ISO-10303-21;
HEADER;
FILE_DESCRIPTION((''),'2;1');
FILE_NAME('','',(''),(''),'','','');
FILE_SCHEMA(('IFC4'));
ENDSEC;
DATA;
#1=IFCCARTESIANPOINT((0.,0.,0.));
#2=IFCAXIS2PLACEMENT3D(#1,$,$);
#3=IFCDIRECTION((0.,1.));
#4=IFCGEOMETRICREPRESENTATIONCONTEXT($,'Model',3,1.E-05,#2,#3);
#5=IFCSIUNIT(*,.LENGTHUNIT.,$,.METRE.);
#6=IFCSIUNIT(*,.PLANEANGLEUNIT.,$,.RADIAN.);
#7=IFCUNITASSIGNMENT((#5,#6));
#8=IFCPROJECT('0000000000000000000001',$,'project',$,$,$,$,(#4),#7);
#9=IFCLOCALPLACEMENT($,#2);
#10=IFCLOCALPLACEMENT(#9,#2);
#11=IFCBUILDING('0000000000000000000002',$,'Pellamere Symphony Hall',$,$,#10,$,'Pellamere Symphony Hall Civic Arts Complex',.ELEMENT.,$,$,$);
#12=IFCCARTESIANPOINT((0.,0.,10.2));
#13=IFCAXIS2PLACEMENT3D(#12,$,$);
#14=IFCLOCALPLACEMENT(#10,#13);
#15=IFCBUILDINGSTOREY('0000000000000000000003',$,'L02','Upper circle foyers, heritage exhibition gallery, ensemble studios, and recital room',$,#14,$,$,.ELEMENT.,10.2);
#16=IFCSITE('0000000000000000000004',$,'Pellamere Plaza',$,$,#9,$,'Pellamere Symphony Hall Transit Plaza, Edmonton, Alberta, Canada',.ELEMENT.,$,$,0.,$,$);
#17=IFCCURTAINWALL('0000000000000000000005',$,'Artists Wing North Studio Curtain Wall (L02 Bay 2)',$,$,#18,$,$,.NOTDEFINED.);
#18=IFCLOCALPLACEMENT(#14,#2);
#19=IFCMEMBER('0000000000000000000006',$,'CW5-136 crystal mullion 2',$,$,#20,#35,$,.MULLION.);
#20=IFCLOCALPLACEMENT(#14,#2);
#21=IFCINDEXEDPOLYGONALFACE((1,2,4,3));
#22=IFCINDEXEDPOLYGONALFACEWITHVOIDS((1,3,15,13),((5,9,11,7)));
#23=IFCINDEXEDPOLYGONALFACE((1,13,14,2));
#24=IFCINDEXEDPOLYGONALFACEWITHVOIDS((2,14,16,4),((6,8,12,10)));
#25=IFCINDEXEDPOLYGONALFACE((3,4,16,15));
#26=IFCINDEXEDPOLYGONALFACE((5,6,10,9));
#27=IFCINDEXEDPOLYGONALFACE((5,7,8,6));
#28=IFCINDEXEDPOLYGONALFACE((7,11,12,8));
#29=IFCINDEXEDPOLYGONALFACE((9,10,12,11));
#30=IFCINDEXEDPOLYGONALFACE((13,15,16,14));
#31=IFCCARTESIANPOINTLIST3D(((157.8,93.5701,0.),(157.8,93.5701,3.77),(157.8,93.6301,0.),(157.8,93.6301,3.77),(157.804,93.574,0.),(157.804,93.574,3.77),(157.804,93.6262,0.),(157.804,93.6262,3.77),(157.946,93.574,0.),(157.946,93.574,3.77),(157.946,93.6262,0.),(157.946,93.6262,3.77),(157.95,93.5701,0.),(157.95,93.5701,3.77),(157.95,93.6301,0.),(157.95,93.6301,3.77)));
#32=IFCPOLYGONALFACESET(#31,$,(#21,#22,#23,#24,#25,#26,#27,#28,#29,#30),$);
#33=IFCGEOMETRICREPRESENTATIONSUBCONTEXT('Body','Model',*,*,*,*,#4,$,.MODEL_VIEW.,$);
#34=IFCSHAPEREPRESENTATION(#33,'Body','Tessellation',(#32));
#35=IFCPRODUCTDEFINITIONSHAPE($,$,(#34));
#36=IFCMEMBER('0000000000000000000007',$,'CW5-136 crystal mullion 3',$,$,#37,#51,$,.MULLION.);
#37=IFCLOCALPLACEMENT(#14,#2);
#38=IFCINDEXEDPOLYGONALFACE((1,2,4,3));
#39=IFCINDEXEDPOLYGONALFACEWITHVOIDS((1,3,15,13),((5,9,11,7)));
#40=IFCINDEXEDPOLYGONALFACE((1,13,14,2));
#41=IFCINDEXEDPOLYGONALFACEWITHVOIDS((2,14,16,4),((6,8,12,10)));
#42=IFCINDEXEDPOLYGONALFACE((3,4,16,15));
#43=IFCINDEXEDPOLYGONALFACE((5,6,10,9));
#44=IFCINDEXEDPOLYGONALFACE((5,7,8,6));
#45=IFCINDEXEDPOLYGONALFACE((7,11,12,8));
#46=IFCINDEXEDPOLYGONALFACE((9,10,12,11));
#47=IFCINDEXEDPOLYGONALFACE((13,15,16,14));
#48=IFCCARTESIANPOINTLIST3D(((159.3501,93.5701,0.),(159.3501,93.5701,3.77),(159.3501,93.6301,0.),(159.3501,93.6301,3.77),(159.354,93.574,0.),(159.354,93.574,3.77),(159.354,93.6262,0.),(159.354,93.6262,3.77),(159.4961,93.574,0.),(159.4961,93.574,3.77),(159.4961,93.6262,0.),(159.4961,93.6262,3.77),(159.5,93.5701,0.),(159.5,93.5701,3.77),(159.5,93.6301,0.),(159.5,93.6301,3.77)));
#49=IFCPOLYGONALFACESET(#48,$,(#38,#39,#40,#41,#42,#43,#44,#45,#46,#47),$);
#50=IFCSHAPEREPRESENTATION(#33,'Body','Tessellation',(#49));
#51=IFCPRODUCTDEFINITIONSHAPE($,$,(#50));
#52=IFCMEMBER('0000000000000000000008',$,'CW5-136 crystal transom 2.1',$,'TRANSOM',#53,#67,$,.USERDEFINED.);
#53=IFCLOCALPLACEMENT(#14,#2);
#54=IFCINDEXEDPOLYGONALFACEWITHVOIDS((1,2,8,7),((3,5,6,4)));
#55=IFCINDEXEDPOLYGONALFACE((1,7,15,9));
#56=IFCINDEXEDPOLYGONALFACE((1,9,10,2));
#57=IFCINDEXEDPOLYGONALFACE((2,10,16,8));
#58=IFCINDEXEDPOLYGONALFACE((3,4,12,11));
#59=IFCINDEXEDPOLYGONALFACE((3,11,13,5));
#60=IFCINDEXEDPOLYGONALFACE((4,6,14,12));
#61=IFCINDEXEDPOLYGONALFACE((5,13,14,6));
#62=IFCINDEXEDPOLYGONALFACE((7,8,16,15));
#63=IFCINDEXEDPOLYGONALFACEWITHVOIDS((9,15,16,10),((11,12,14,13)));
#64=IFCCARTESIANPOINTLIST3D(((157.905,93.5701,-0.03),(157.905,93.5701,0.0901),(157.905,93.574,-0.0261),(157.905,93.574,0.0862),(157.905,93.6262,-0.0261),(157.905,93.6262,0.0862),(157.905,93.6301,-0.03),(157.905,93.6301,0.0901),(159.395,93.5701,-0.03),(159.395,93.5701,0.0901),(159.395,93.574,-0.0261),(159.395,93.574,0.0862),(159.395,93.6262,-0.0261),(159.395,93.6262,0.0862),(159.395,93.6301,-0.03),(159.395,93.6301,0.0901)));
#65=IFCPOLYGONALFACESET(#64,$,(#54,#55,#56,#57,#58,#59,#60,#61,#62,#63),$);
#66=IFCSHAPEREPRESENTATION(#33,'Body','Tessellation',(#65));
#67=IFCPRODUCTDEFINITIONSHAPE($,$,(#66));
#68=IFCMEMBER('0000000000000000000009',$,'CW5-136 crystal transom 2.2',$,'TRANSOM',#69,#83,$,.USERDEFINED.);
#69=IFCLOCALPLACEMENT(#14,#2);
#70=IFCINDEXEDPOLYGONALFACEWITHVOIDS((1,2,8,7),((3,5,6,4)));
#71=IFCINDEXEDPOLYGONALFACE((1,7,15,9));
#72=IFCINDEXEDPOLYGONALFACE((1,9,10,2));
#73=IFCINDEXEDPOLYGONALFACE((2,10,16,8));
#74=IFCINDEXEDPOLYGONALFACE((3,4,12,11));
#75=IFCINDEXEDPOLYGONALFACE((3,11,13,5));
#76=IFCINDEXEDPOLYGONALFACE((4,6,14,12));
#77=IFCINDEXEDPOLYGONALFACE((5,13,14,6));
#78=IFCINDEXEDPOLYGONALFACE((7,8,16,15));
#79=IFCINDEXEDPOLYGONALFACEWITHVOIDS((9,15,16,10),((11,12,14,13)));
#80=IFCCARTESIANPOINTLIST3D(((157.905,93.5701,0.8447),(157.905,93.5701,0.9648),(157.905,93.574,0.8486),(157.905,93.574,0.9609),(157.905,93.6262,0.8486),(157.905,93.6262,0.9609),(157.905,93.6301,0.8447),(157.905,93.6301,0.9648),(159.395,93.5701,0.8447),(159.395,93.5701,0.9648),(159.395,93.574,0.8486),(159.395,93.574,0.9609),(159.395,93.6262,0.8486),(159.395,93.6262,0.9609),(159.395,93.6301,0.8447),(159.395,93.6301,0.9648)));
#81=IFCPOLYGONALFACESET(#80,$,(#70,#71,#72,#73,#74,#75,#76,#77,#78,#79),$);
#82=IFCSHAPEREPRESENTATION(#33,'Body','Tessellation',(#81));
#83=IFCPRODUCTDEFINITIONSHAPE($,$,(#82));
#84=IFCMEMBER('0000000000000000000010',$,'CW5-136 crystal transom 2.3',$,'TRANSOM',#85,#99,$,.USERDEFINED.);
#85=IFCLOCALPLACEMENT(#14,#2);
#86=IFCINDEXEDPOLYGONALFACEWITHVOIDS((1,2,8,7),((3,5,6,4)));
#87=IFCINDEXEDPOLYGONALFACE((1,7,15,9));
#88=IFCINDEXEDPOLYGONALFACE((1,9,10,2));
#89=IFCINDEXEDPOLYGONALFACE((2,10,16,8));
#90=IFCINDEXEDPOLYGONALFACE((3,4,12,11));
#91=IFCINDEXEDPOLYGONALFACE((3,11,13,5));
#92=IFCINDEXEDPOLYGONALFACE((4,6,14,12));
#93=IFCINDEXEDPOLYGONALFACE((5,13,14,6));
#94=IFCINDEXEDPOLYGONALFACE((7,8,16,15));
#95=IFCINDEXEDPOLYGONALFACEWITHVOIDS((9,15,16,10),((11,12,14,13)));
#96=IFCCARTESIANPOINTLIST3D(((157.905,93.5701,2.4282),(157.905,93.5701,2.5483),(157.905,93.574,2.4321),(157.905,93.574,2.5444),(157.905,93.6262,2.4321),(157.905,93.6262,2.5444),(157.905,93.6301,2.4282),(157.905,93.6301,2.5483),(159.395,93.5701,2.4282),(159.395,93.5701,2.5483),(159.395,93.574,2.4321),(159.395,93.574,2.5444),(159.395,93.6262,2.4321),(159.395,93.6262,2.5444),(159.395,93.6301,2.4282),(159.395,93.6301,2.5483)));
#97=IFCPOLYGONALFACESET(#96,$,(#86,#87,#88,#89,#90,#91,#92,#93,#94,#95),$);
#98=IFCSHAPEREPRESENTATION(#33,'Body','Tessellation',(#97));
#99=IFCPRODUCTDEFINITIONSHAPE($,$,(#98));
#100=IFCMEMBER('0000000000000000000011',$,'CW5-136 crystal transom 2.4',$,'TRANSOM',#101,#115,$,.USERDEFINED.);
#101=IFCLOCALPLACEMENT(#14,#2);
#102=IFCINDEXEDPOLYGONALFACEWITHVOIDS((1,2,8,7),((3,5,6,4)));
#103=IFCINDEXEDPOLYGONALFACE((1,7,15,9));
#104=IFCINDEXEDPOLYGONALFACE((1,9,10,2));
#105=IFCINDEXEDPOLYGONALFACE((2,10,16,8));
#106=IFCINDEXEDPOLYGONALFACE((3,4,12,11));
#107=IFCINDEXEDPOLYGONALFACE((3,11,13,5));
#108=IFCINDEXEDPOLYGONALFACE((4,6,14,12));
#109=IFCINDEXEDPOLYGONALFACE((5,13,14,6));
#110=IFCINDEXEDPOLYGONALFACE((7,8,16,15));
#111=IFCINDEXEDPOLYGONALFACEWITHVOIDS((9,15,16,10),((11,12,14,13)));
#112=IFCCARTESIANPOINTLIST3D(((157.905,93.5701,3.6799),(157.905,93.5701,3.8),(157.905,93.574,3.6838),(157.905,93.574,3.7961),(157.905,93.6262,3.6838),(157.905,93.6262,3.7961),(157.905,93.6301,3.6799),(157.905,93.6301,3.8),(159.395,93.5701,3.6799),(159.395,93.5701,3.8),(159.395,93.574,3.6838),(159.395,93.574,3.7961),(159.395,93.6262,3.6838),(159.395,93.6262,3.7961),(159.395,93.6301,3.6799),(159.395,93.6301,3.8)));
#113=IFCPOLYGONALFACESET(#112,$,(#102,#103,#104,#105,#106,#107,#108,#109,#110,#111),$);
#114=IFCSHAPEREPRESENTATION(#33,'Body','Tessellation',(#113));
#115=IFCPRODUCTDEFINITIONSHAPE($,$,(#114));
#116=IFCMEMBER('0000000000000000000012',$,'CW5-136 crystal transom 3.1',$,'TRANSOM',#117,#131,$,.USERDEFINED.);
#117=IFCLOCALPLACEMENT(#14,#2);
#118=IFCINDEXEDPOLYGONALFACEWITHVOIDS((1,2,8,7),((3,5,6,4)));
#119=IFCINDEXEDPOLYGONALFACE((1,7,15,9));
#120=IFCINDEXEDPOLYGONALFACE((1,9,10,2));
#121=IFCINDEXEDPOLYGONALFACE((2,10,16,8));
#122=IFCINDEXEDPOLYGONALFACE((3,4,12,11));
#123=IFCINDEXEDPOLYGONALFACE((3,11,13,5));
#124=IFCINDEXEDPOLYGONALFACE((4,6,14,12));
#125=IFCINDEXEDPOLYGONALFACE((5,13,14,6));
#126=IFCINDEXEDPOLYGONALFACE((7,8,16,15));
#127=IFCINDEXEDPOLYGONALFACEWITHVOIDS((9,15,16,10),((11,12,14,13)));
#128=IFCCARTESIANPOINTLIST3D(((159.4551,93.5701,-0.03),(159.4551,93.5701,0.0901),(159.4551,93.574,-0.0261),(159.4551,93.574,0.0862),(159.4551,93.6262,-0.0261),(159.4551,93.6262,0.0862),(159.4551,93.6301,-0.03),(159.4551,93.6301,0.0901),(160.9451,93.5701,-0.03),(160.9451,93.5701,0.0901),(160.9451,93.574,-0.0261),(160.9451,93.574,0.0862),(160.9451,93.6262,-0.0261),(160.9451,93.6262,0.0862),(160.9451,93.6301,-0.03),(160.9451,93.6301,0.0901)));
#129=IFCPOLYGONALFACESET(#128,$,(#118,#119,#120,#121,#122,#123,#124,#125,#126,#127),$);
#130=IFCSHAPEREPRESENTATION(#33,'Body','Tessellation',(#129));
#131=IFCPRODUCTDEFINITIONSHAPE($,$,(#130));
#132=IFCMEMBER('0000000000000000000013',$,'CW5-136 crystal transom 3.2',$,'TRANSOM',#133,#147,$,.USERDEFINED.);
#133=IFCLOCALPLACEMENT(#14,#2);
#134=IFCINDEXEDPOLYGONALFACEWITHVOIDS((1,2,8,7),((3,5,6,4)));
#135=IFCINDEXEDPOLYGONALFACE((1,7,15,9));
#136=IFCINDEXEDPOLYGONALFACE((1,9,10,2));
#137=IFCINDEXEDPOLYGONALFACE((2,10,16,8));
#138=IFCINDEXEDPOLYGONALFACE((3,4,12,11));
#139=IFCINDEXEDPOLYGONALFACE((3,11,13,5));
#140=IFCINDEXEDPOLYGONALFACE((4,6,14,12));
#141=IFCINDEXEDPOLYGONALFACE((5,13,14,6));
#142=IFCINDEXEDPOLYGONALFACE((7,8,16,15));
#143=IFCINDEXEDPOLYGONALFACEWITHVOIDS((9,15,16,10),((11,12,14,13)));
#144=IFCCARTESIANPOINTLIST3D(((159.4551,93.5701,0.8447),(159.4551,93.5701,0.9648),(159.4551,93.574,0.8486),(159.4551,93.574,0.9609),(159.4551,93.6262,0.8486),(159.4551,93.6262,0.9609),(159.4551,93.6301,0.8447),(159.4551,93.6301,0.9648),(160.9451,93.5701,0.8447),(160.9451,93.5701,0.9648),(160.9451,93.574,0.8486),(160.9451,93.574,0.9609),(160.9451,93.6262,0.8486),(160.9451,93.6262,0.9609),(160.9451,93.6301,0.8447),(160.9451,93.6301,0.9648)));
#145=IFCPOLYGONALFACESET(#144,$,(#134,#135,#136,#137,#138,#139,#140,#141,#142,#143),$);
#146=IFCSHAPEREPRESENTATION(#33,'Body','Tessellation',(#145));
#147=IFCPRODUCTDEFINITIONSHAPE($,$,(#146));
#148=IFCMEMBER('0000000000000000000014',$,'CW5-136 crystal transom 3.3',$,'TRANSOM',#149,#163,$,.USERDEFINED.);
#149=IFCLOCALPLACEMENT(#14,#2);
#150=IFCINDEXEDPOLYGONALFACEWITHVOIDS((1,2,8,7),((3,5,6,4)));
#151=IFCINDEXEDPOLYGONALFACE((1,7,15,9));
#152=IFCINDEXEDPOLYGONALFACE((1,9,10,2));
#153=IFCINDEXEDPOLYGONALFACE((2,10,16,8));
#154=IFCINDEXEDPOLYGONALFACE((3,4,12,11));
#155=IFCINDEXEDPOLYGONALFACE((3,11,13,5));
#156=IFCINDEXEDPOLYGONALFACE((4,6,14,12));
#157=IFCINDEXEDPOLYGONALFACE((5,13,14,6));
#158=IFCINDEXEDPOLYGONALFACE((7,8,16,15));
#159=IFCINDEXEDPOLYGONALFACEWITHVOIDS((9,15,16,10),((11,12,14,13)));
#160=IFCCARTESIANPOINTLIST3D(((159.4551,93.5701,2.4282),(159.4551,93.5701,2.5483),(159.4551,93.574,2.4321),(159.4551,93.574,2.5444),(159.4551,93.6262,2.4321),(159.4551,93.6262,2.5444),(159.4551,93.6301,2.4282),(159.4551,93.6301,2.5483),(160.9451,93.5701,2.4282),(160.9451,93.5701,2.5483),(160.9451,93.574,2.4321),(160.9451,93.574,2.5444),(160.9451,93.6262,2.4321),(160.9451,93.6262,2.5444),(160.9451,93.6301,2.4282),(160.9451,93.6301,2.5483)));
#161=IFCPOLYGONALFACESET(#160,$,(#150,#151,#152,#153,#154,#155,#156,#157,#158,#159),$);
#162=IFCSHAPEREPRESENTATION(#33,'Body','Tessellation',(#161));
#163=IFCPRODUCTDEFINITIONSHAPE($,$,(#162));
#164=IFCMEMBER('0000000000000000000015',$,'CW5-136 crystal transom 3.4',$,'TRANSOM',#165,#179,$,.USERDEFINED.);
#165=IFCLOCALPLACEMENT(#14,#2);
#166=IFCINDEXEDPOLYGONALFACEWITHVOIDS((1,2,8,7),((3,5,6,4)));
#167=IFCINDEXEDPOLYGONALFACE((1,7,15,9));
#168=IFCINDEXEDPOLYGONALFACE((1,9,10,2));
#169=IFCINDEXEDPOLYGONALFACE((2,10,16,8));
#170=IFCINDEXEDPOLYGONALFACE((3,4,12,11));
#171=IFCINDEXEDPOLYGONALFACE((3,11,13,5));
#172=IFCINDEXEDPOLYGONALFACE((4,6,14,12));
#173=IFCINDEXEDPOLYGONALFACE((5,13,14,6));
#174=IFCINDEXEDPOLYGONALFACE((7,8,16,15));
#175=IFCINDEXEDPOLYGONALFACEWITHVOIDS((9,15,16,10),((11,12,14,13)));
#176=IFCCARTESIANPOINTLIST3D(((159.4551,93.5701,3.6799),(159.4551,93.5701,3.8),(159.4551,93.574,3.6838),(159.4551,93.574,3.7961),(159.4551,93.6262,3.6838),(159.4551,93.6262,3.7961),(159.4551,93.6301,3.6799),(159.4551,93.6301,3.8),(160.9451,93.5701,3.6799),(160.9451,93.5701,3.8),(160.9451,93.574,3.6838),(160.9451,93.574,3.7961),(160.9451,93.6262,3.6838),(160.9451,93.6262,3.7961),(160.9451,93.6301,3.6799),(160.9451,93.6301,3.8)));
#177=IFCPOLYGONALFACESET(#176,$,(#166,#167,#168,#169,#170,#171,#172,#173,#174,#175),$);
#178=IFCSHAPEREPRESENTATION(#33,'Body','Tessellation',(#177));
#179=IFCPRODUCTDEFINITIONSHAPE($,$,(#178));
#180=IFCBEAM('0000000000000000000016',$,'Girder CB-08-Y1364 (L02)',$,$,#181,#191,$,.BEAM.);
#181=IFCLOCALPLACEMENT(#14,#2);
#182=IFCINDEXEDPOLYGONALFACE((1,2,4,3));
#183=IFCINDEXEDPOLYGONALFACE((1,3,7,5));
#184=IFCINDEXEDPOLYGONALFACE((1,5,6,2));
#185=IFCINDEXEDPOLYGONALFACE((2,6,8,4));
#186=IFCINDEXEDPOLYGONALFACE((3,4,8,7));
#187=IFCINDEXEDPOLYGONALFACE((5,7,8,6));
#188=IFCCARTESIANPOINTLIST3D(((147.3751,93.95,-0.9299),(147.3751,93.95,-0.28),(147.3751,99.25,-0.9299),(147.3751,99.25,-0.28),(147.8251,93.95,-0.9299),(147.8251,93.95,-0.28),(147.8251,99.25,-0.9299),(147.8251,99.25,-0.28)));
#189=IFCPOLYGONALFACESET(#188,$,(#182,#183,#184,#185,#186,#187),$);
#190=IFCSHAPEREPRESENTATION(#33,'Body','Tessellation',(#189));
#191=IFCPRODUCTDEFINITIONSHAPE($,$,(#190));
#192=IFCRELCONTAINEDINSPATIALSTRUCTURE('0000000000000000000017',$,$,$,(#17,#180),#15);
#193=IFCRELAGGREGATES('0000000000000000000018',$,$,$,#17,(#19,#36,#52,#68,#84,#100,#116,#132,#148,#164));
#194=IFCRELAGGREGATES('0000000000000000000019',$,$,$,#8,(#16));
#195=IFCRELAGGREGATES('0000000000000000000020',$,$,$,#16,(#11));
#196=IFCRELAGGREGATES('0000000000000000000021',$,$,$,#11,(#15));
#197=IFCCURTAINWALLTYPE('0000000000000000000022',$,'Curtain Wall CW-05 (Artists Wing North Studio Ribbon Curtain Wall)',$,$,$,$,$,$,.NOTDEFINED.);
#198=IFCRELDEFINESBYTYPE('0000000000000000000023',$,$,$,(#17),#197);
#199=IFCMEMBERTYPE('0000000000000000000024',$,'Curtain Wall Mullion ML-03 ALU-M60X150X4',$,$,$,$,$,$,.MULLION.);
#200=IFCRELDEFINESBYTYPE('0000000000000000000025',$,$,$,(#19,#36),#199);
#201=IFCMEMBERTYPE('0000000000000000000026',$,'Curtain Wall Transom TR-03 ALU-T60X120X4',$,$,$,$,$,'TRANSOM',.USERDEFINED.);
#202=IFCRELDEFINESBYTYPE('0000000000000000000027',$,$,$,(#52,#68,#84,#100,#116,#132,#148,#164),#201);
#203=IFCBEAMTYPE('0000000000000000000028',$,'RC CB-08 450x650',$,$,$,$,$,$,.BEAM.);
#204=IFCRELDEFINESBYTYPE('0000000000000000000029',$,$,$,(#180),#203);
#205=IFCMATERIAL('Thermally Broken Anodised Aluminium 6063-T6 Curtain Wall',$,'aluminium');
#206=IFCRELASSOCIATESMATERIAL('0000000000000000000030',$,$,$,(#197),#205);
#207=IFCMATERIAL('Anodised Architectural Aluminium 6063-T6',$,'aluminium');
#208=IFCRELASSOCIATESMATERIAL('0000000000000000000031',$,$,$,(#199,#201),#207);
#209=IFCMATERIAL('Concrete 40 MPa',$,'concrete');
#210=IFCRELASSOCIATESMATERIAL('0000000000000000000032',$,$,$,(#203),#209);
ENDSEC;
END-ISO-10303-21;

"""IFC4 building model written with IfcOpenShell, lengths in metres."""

from ifc_helpers import new_model, si_unit, direction, frame, origin, origin_2d, place, context, subcontext, project, spatial, rectangle, hollow_rectangle, extrude, material, material_profile, profile_set, type_object, element, aggregate, save


model = new_model("IFC4")

# Units and contexts
model_context = context("Model", 3, precision=1e-05, world=origin(), true_north=direction((0.0, 1.0)))
body_context = subcontext(model_context, "Body", "Model", "MODEL_VIEW")
ifc_project = project(units=[si_unit("LENGTHUNIT", "METRE"), si_unit("PLANEANGLEUNIT", "RADIAN")], contexts=[model_context])

# Site, building, storey
site_placement = place(None, origin())
site = spatial("IfcSite", under=ifc_project, at=site_placement, Name="Pellamere Plaza", LongName="Pellamere Symphony Hall Transit Plaza, Edmonton, Alberta, Canada", CompositionType="ELEMENT", RefElevation=0.0)
building_placement = place(site_placement, origin())
building = spatial("IfcBuilding", under=site, at=building_placement, Name="Pellamere Symphony Hall", LongName="Pellamere Symphony Hall Civic Arts Complex", CompositionType="ELEMENT")
storey_placement = place(building_placement, frame((0.0, 0.0, 10.2)))
storey = spatial("IfcBuildingStorey", under=building, at=storey_placement, Name="L02", Description="Upper circle foyers, heritage exhibition gallery, ensemble studios, and recital room", CompositionType="ELEMENT", Elevation=10.2)

# Curtain wall, members
ifc_material_1 = material(Name="Thermally Broken Anodised Aluminium 6063-T6 Curtain Wall", Category="aluminium")
curtain_wall_type = type_object("IfcCurtainWallType", Name="Curtain Wall CW-05 (Artists Wing North Studio Ribbon Curtain Wall)", PredefinedType="NOTDEFINED", material=ifc_material_1)
curtain_wall_placement = place(storey_placement, origin())
curtain_wall = element("IfcCurtainWall", 1, at=curtain_wall_placement, inside=storey, type_object=curtain_wall_type, Name="Artists Wing North Studio Curtain Wall (L02 Bay 2)", PredefinedType="NOTDEFINED")
ifc_material_2 = material(Name="Anodised Architectural Aluminium 6063-T6", Category="aluminium")
ifc_material_profile_1 = material_profile(ifc_material_2, hollow_rectangle(XDim=0.0601, YDim=0.1499, WallThickness=0.0039, at=origin_2d()), Name="ALU-M60X150X4")
ifc_profile_set_1 = profile_set([ifc_material_profile_1], Name="Anodised Architectural Aluminium 6063-T6")
member_type_1 = type_object("IfcMemberType", Name="Curtain Wall Mullion ML-03 ALU-M60X150X4", PredefinedType="MULLION", material=ifc_profile_set_1)
member_1_placement = place(storey_placement, frame((157.875, 93.6001, 0.0), z_axis=(0.0, 0.0, 1.0), x_axis=(0.0, 1.0, 0.0)))
member_1 = element("IfcMember", 2, at=member_1_placement, type_object=member_type_1, Name="CW5-136 crystal mullion 2", PredefinedType="MULLION", context=body_context, shape_type="SweptSolid", body=[
    extrude(hollow_rectangle(XDim=0.0601, YDim=0.1499, WallThickness=0.0039, at=origin_2d()), origin(), (0.0, 0.0, 1.0), 3.77),
])
member_2_placement = place(storey_placement, frame((159.425, 93.6001, 0.0), z_axis=(0.0, 0.0, 1.0), x_axis=(0.0, 1.0, 0.0)))
member_2 = element("IfcMember", 3, at=member_2_placement, type_object=member_type_1, Name="CW5-136 crystal mullion 3", PredefinedType="MULLION", context=body_context, shape_type="SweptSolid", body=[
    extrude(hollow_rectangle(XDim=0.0601, YDim=0.1499, WallThickness=0.0039, at=origin_2d()), origin(), (0.0, 0.0, 1.0), 3.77),
])
ifc_material_profile_2 = material_profile(ifc_material_2, hollow_rectangle(XDim=0.0601, YDim=0.1201, WallThickness=0.0039, at=origin_2d()), Name="ALU-T60X120X4")
ifc_profile_set_2 = profile_set([ifc_material_profile_2], Name="Anodised Architectural Aluminium 6063-T6")
member_type_2 = type_object("IfcMemberType", Name="Curtain Wall Transom TR-03 ALU-T60X120X4", ElementType="TRANSOM", PredefinedType="USERDEFINED", material=ifc_profile_set_2)
member_3_placement = place(storey_placement, frame((157.905, 93.6001, 0.03), z_axis=(1.0, 0.0, 0.0), x_axis=(0.0, 1.0, 0.0)))
member_3 = element("IfcMember", 4, at=member_3_placement, type_object=member_type_2, Name="CW5-136 crystal transom 2.1", ObjectType="TRANSOM", PredefinedType="USERDEFINED", context=body_context, shape_type="SweptSolid", body=[
    extrude(hollow_rectangle(XDim=0.0601, YDim=0.1201, WallThickness=0.0039, at=origin_2d()), origin(), (0.0, 0.0, 1.0), 1.49),
])
member_4_placement = place(storey_placement, frame((157.905, 93.6001, 0.9048), z_axis=(1.0, 0.0, 0.0), x_axis=(0.0, 1.0, 0.0)))
member_4 = element("IfcMember", 5, at=member_4_placement, type_object=member_type_2, Name="CW5-136 crystal transom 2.2", ObjectType="TRANSOM", PredefinedType="USERDEFINED", context=body_context, shape_type="SweptSolid", body=[
    extrude(hollow_rectangle(XDim=0.0601, YDim=0.1201, WallThickness=0.0039, at=origin_2d()), origin(), (0.0, 0.0, 1.0), 1.49),
])
member_5_placement = place(storey_placement, frame((157.905, 93.6001, 2.4883), z_axis=(1.0, 0.0, 0.0), x_axis=(0.0, 1.0, 0.0)))
member_5 = element("IfcMember", 6, at=member_5_placement, type_object=member_type_2, Name="CW5-136 crystal transom 2.3", ObjectType="TRANSOM", PredefinedType="USERDEFINED", context=body_context, shape_type="SweptSolid", body=[
    extrude(hollow_rectangle(XDim=0.0601, YDim=0.1201, WallThickness=0.0039, at=origin_2d()), origin(), (0.0, 0.0, 1.0), 1.49),
])
member_6_placement = place(storey_placement, frame((157.905, 93.6001, 3.74), z_axis=(1.0, 0.0, 0.0), x_axis=(0.0, 1.0, 0.0)))
member_6 = element("IfcMember", 7, at=member_6_placement, type_object=member_type_2, Name="CW5-136 crystal transom 2.4", ObjectType="TRANSOM", PredefinedType="USERDEFINED", context=body_context, shape_type="SweptSolid", body=[
    extrude(hollow_rectangle(XDim=0.0601, YDim=0.1201, WallThickness=0.0039, at=origin_2d()), origin(), (0.0, 0.0, 1.0), 1.49),
])
member_7_placement = place(storey_placement, frame((159.4551, 93.6001, 0.03), z_axis=(1.0, 0.0, 0.0), x_axis=(0.0, 1.0, 0.0)))
member_7 = element("IfcMember", 8, at=member_7_placement, type_object=member_type_2, Name="CW5-136 crystal transom 3.1", ObjectType="TRANSOM", PredefinedType="USERDEFINED", context=body_context, shape_type="SweptSolid", body=[
    extrude(hollow_rectangle(XDim=0.0601, YDim=0.1201, WallThickness=0.0039, at=origin_2d()), origin(), (0.0, 0.0, 1.0), 1.49),
])
member_8_placement = place(storey_placement, frame((159.4551, 93.6001, 0.9048), z_axis=(1.0, 0.0, 0.0), x_axis=(0.0, 1.0, 0.0)))
member_8 = element("IfcMember", 9, at=member_8_placement, type_object=member_type_2, Name="CW5-136 crystal transom 3.2", ObjectType="TRANSOM", PredefinedType="USERDEFINED", context=body_context, shape_type="SweptSolid", body=[
    extrude(hollow_rectangle(XDim=0.0601, YDim=0.1201, WallThickness=0.0039, at=origin_2d()), origin(), (0.0, 0.0, 1.0), 1.49),
])
member_9_placement = place(storey_placement, frame((159.4551, 93.6001, 2.4883), z_axis=(1.0, 0.0, 0.0), x_axis=(0.0, 1.0, 0.0)))
member_9 = element("IfcMember", 10, at=member_9_placement, type_object=member_type_2, Name="CW5-136 crystal transom 3.3", ObjectType="TRANSOM", PredefinedType="USERDEFINED", context=body_context, shape_type="SweptSolid", body=[
    extrude(hollow_rectangle(XDim=0.0601, YDim=0.1201, WallThickness=0.0039, at=origin_2d()), origin(), (0.0, 0.0, 1.0), 1.49),
])
member_10_placement = place(storey_placement, frame((159.4551, 93.6001, 3.74), z_axis=(1.0, 0.0, 0.0), x_axis=(0.0, 1.0, 0.0)))
member_10 = element("IfcMember", 11, at=member_10_placement, type_object=member_type_2, Name="CW5-136 crystal transom 3.4", ObjectType="TRANSOM", PredefinedType="USERDEFINED", context=body_context, shape_type="SweptSolid", body=[
    extrude(hollow_rectangle(XDim=0.0601, YDim=0.1201, WallThickness=0.0039, at=origin_2d()), origin(), (0.0, 0.0, 1.0), 1.49),
])

# Beam
ifc_material_3 = material(Name="Concrete 40 MPa", Category="concrete")
ifc_material_profile_3 = material_profile(ifc_material_3, rectangle(XDim=0.45, YDim=0.6499, at=origin_2d()), Name="RC 450x650")
ifc_profile_set_3 = profile_set([ifc_material_profile_3], Name="Concrete 40 MPa")
beam_type_1 = type_object("IfcBeamType", Name="RC CB-08 450x650", PredefinedType="BEAM", material=ifc_profile_set_3)
for number, where, z_axis, x_axis, name in (
    (12, (147.6001, 93.95, -0.605), (0.0, 1.0, 0.0), (-1.0, 0.0, 0.0), "Girder CB-08-Y1364 (L02)"),
):
    element("IfcBeam", number, at=place(storey_placement, frame(where, z_axis=z_axis, x_axis=x_axis)), inside=storey, type_object=beam_type_1, Name=name, PredefinedType="BEAM", context=body_context, shape_type="SweptSolid", body=[
        extrude(rectangle(XDim=0.45, YDim=0.6499, at=origin_2d()), origin(), (0.0, 0.0, 1.0), 5.3),
    ])

aggregate(curtain_wall, [member_1, member_2, member_3, member_4, member_5, member_6, member_7, member_8, member_9, member_10])

save(model, "model.ifc")
